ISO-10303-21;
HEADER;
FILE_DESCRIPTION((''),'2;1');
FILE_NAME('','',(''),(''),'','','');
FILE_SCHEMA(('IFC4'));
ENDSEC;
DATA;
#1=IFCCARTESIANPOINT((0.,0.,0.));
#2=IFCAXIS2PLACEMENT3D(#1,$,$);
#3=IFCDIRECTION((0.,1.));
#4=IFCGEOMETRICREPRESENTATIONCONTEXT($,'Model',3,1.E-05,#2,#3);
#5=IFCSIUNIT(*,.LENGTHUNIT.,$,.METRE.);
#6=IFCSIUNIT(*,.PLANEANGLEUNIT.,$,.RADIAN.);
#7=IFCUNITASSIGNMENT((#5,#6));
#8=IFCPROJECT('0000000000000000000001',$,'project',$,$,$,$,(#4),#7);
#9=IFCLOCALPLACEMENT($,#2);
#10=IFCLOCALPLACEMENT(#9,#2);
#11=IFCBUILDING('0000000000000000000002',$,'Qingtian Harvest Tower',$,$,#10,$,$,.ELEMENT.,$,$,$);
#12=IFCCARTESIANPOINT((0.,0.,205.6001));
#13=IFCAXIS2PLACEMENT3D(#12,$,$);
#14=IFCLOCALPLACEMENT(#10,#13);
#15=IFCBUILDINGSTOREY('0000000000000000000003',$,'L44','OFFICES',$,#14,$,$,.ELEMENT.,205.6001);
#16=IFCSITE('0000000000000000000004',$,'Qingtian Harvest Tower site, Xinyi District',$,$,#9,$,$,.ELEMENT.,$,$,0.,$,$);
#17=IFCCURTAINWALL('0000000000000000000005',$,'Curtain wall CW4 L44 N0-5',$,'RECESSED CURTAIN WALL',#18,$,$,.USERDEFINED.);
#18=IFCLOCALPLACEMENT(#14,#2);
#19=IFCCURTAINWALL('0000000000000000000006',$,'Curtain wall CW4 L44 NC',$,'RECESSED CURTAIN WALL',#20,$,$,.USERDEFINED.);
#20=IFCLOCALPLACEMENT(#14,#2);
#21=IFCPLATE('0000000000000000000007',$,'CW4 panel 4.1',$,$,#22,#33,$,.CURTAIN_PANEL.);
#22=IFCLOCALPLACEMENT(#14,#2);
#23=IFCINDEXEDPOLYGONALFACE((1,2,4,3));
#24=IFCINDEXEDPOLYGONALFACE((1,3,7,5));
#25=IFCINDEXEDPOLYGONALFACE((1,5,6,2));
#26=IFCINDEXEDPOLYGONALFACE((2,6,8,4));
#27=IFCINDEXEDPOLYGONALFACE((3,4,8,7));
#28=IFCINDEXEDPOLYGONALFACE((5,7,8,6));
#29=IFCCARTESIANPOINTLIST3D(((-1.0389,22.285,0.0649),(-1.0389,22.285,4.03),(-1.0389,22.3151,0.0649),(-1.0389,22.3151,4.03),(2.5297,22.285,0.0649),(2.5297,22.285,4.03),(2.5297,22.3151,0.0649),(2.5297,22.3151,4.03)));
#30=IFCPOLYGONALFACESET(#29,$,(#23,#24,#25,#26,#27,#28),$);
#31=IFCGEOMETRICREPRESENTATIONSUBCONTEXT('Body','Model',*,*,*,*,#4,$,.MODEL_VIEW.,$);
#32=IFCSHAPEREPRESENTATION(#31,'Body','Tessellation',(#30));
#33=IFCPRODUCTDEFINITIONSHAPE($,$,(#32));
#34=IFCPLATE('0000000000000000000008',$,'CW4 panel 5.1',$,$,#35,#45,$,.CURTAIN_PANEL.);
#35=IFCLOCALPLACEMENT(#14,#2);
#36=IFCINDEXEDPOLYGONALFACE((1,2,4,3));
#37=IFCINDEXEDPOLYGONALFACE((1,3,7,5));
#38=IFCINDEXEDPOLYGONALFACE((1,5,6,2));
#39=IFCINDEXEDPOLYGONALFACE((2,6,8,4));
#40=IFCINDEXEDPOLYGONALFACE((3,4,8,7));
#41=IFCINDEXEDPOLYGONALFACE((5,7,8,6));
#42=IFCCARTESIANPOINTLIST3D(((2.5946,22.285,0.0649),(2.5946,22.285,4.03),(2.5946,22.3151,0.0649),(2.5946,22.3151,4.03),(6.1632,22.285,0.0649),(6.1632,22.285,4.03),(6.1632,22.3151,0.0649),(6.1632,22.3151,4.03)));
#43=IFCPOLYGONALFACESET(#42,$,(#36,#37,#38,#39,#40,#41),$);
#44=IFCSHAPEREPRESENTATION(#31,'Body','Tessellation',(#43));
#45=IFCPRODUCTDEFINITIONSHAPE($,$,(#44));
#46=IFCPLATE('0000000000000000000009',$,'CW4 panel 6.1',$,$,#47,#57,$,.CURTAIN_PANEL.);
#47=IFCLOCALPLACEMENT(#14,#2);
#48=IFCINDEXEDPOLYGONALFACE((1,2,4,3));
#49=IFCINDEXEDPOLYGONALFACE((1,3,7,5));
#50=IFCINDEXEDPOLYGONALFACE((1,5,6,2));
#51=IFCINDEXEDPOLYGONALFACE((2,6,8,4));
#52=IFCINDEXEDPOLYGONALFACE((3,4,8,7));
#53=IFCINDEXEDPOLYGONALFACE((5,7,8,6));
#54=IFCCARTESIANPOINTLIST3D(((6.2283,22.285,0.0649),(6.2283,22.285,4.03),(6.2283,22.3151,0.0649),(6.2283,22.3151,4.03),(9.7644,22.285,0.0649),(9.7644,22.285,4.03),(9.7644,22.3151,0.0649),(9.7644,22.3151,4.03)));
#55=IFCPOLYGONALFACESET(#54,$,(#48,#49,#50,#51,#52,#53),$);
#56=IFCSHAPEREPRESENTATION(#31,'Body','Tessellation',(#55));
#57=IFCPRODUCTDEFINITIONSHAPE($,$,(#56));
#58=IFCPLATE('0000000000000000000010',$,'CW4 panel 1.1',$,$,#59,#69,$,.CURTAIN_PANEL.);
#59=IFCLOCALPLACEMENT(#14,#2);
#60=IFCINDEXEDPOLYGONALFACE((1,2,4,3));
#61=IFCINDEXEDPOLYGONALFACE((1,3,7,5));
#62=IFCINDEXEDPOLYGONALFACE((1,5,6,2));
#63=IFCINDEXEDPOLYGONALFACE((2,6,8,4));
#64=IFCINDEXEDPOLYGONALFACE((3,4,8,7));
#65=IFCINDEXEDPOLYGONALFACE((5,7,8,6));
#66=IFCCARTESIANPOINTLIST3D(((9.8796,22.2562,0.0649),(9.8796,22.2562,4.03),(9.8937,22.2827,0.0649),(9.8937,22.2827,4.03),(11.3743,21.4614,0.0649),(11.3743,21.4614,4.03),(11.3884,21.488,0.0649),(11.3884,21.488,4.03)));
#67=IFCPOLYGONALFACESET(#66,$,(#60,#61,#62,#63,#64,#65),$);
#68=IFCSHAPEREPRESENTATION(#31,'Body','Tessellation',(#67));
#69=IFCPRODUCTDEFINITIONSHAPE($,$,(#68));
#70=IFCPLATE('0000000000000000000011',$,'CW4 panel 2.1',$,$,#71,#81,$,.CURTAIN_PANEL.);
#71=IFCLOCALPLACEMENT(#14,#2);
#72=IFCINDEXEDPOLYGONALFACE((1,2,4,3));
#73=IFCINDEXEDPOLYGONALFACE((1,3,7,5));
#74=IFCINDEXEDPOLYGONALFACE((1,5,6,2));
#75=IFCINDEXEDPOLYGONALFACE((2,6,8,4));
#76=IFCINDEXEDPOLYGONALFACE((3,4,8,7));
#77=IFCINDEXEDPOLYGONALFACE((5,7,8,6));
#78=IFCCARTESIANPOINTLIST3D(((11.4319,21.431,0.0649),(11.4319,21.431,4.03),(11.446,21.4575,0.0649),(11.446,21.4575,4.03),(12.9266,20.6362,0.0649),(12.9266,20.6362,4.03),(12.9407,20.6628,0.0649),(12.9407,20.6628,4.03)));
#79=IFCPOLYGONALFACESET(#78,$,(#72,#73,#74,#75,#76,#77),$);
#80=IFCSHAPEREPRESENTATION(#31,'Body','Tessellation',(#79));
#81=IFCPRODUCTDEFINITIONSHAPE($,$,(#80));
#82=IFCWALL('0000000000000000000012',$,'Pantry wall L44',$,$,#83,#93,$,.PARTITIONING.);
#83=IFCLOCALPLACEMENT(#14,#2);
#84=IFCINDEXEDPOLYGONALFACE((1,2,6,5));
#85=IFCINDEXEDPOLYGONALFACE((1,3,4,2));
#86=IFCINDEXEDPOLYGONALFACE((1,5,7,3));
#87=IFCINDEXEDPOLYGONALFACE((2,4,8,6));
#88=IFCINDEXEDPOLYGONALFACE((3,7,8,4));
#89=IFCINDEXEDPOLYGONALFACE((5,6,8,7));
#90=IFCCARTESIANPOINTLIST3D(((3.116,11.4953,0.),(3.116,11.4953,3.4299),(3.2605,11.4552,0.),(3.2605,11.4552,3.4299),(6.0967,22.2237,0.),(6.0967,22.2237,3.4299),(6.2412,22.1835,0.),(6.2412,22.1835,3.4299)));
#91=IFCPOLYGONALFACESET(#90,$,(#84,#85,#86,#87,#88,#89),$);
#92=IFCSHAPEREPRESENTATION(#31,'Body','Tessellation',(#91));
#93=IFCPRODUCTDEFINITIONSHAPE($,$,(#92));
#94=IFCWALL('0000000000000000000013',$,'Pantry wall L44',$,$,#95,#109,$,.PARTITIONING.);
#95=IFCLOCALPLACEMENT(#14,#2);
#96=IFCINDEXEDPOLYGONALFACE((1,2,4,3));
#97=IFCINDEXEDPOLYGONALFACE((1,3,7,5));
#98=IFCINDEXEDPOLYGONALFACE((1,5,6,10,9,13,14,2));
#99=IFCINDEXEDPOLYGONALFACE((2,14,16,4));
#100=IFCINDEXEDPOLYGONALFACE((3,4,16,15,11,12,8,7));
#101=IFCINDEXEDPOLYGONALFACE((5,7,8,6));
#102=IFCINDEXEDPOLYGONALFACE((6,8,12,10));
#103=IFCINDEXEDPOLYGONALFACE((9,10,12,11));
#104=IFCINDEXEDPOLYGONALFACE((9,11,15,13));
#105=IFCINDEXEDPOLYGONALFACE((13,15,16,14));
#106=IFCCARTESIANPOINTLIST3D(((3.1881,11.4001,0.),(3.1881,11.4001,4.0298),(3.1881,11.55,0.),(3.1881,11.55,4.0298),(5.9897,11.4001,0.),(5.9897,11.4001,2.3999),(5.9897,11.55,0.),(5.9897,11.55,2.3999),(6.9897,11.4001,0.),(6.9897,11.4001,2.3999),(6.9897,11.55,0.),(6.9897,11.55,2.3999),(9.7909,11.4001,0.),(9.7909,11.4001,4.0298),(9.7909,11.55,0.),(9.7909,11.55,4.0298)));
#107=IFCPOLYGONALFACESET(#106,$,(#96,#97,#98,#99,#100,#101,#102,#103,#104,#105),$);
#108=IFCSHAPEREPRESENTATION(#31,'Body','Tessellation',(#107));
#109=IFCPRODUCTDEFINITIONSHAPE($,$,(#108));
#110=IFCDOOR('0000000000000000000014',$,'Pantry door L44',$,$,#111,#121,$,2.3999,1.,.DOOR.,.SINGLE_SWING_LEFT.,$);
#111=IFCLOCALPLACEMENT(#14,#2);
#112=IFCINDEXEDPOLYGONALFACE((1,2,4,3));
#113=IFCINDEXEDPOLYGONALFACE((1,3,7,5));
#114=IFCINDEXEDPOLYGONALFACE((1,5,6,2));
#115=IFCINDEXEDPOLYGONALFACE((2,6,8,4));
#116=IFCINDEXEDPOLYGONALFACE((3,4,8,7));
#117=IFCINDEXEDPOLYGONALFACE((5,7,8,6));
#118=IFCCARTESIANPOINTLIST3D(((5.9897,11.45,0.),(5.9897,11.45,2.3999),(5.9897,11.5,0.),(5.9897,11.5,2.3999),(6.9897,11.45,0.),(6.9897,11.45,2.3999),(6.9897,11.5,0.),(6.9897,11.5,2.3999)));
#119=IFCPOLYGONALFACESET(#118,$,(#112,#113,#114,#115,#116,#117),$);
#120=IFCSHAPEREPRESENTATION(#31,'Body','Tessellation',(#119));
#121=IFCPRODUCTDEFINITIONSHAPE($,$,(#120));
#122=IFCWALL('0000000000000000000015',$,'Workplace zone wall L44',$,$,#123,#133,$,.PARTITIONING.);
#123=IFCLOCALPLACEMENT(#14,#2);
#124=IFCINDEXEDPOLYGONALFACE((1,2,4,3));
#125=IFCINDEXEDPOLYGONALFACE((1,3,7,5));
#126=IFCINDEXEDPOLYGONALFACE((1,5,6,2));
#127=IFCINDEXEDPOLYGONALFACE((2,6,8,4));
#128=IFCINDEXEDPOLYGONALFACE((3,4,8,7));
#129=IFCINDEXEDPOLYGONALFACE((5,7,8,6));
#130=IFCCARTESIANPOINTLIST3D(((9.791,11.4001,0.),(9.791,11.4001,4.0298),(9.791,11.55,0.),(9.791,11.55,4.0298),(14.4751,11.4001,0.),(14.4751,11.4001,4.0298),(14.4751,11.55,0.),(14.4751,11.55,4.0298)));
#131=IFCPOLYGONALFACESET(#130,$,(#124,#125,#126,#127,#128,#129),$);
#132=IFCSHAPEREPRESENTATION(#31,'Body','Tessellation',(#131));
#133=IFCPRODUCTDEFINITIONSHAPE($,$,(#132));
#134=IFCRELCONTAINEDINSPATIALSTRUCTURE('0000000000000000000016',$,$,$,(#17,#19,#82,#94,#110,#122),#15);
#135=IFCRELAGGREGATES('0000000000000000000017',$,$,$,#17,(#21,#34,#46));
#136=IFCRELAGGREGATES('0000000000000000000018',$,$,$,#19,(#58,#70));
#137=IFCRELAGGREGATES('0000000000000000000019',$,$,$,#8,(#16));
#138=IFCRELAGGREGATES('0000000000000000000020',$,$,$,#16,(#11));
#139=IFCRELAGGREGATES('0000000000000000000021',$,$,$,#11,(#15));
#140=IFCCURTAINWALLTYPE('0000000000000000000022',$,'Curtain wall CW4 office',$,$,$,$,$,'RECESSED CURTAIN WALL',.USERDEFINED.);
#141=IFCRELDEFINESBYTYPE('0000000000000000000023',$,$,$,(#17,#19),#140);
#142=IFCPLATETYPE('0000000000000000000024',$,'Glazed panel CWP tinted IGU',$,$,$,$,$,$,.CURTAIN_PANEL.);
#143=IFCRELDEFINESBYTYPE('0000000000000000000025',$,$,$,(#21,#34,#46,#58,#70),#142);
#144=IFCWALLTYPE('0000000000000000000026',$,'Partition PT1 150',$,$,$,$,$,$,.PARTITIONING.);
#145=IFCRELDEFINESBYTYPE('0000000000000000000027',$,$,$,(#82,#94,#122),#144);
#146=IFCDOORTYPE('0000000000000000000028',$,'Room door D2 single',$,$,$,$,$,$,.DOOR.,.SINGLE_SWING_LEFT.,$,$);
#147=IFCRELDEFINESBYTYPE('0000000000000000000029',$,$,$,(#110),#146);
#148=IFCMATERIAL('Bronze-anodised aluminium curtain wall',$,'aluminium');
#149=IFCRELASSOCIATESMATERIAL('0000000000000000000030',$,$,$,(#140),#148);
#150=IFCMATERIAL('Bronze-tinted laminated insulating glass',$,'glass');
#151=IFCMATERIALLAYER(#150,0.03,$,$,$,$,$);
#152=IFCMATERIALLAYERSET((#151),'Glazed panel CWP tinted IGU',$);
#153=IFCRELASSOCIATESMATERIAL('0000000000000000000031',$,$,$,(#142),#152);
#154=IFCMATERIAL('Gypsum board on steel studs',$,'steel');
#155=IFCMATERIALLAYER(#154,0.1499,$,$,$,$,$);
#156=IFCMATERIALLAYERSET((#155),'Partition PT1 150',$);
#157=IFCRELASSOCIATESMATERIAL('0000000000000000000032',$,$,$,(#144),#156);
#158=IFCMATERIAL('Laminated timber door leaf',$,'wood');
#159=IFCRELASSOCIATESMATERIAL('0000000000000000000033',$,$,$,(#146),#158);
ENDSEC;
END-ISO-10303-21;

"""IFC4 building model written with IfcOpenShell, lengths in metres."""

from ifc_helpers import new_model, si_unit, direction, frame, frame_2d, origin, origin_2d, place, context, subcontext, project, spatial, rectangle, extrude, material, layer, layer_set, type_object, element, fill, aggregate, save


model = new_model("IFC4")

# Units and contexts
model_context = context("Model", 3, precision=1e-05, world=origin(), true_north=direction((0.0, 1.0)))
body_context = subcontext(model_context, "Body", "Model", "MODEL_VIEW")
ifc_project = project(units=[si_unit("LENGTHUNIT", "METRE"), si_unit("PLANEANGLEUNIT", "RADIAN")], contexts=[model_context])

# Site, building, storey
site_placement = place(None, origin())
site = spatial("IfcSite", under=ifc_project, at=site_placement, Name="Qingtian Harvest Tower site, Xinyi District", CompositionType="ELEMENT", RefElevation=0.0)
building_placement = place(site_placement, origin())
building = spatial("IfcBuilding", under=site, at=building_placement, Name="Qingtian Harvest Tower", CompositionType="ELEMENT")
storey_placement = place(building_placement, frame((0.0, 0.0, 205.6001)))
storey = spatial("IfcBuildingStorey", under=building, at=storey_placement, Name="L44", Description="OFFICES", CompositionType="ELEMENT", Elevation=205.6001)

# Curtain walls
ifc_material_1 = material(Name="Bronze-anodised aluminium curtain wall", Category="aluminium")
curtain_wall_type = type_object("IfcCurtainWallType", Name="Curtain wall CW4 office", ElementType="RECESSED CURTAIN WALL", PredefinedType="USERDEFINED", material=ifc_material_1)
curtain_wall_1_placement = place(storey_placement, origin())
curtain_wall_1 = element("IfcCurtainWall", 1, at=curtain_wall_1_placement, inside=storey, type_object=curtain_wall_type, Name="Curtain wall CW4 L44 N0-5", ObjectType="RECESSED CURTAIN WALL", PredefinedType="USERDEFINED")
curtain_wall_2_placement = place(storey_placement, origin())
curtain_wall_2 = element("IfcCurtainWall", 2, at=curtain_wall_2_placement, inside=storey, type_object=curtain_wall_type, Name="Curtain wall CW4 L44 NC", ObjectType="RECESSED CURTAIN WALL", PredefinedType="USERDEFINED")

# Plates
ifc_material_2 = material(Name="Bronze-tinted laminated insulating glass", Category="glass")
ifc_layer_1 = layer(ifc_material_2, 0.03)
ifc_layer_set_1 = layer_set([ifc_layer_1], Name="Glazed panel CWP tinted IGU")
plate_type = type_object("IfcPlateType", Name="Glazed panel CWP tinted IGU", PredefinedType="CURTAIN_PANEL", material=ifc_layer_set_1)
plate_1_placement = place(storey_placement, frame((0.7454, 22.3, 0.0649), z_axis=(0.0, 0.0, 1.0), x_axis=(1.0, 0.0, 0.0)))
plate_1 = element("IfcPlate", 3, at=plate_1_placement, type_object=plate_type, Name="CW4 panel 4.1", PredefinedType="CURTAIN_PANEL", context=body_context, shape_type="SweptSolid", body=[
    extrude(rectangle(XDim=3.5686, YDim=0.03, at=origin_2d()), origin(), (0.0, 0.0, 1.0), 3.9651),
])
plate_2_placement = place(storey_placement, frame((4.3789, 22.3, 0.0649), z_axis=(0.0, 0.0, 1.0), x_axis=(1.0, 0.0, 0.0)))
plate_2 = element("IfcPlate", 4, at=plate_2_placement, type_object=plate_type, Name="CW4 panel 5.1", PredefinedType="CURTAIN_PANEL", context=body_context, shape_type="SweptSolid", body=[
    extrude(rectangle(XDim=3.5686, YDim=0.03, at=origin_2d()), origin(), (0.0, 0.0, 1.0), 3.9651),
])
plate_3_placement = place(storey_placement, frame((7.9963, 22.3, 0.0649), z_axis=(0.0, 0.0, 1.0), x_axis=(1.0, 0.0, 0.0)))
plate_3 = element("IfcPlate", 5, at=plate_3_placement, type_object=plate_type, Name="CW4 panel 6.1", PredefinedType="CURTAIN_PANEL", context=body_context, shape_type="SweptSolid", body=[
    extrude(rectangle(XDim=3.5361, YDim=0.03, at=origin_2d()), origin(), (0.0, 0.0, 1.0), 3.9651),
])
aggregate(curtain_wall_1, [plate_1, plate_2, plate_3])
plate_4_placement = place(storey_placement, frame((10.634, 21.8721, 0.0649), z_axis=(0.0, 0.0, 1.0), x_axis=(0.882948, -0.469472, 0.0)))
plate_4 = element("IfcPlate", 6, at=plate_4_placement, type_object=plate_type, Name="CW4 panel 1.1", PredefinedType="CURTAIN_PANEL", context=body_context, shape_type="SweptSolid", body=[
    extrude(rectangle(XDim=1.6929, YDim=0.03, at=origin_2d()), origin(), (0.0, 0.0, 1.0), 3.9651),
])
plate_5_placement = place(storey_placement, frame((12.1863, 21.0469, 0.0649), z_axis=(0.0, 0.0, 1.0), x_axis=(0.882948, -0.469472, 0.0)))
plate_5 = element("IfcPlate", 7, at=plate_5_placement, type_object=plate_type, Name="CW4 panel 2.1", PredefinedType="CURTAIN_PANEL", context=body_context, shape_type="SweptSolid", body=[
    extrude(rectangle(XDim=1.6929, YDim=0.03, at=origin_2d()), origin(), (0.0, 0.0, 1.0), 3.9651),
])
aggregate(curtain_wall_2, [plate_4, plate_5])

# Wall
ifc_material_3 = material(Name="Gypsum board on steel studs", Category="steel")
ifc_layer_2 = layer(ifc_material_3, 0.1499)
ifc_layer_set_2 = layer_set([ifc_layer_2], Name="Partition PT1 150")
wall_type = type_object("IfcWallType", Name="Partition PT1 150", PredefinedType="PARTITIONING", material=ifc_layer_set_2)
wall_1_placement = place(storey_placement, frame((6.1689, 22.2036, 0.0), z_axis=(0.0, 0.0, 1.0), x_axis=(-0.267691, -0.963505, 0.0)))
element("IfcWall", 8, at=wall_1_placement, inside=storey, type_object=wall_type, Name="Pantry wall L44", PredefinedType="PARTITIONING", context=body_context, shape_type="SweptSolid", body=[
    extrude(rectangle(XDim=11.1348, YDim=0.1499, at=frame_2d((5.5674, 0.0))), origin(), (0.0, 0.0, 1.0), 3.4299),
])

# Wall, opening, door
wall_2_placement = place(storey_placement, frame((3.1882, 11.4751, 0.0), z_axis=(0.0, 0.0, 1.0), x_axis=(1.0, 0.0, 0.0)))
wall_2 = element("IfcWall", 9, at=wall_2_placement, inside=storey, type_object=wall_type, Name="Pantry wall L44", PredefinedType="PARTITIONING", context=body_context, shape_type="SweptSolid", body=[
    extrude(rectangle(XDim=6.6028, YDim=0.1499, at=frame_2d((3.3013, 0.0))), origin(), (0.0, 0.0, 1.0), 4.0298),
])
opening_placement = place(wall_2_placement, frame((2.8015, 0.0, 0.0)))
opening = element("IfcOpeningElement", 10, at=opening_placement, cuts=wall_2, PredefinedType="OPENING", context=body_context, shape_type="SweptSolid", body=[
    extrude(rectangle(XDim=1.0, YDim=2.3999, at=frame_2d((0.5, 1.2))), frame((0.0, 0.085, 0.0), z_axis=(0.0, -1.0, 0.0), x_axis=(1.0, 0.0, 0.0)), (0.0, 0.0, 1.0), 0.1699),
])
ifc_material_4 = material(Name="Laminated timber door leaf", Category="wood")
door_type = type_object("IfcDoorType", Name="Room door D2 single", OperationType="SINGLE_SWING_LEFT", PredefinedType="DOOR", material=ifc_material_4)
door_placement = place(opening_placement, origin())
door = element("IfcDoor", 11, at=door_placement, inside=storey, type_object=door_type, Name="Pantry door L44", OperationType="SINGLE_SWING_LEFT", OverallHeight=2.3999, OverallWidth=1.0, PredefinedType="DOOR", context=body_context, shape_type="SweptSolid", body=[
    extrude(rectangle(XDim=1.0, YDim=2.3999, at=frame_2d((0.5, 1.2))), frame((0.0, 0.0249, 0.0), z_axis=(0.0, -1.0, 0.0), x_axis=(1.0, 0.0, 0.0)), (0.0, 0.0, 1.0), 0.05),
])
fill(opening, door)

# Wall
wall_3_placement = place(storey_placement, frame((9.791, 11.4751, 0.0), z_axis=(0.0, 0.0, 1.0), x_axis=(1.0, 0.0, 0.0)))
element("IfcWall", 12, at=wall_3_placement, inside=storey, type_object=wall_type, Name="Workplace zone wall L44", PredefinedType="PARTITIONING", context=body_context, shape_type="SweptSolid", body=[
    extrude(rectangle(XDim=4.6841, YDim=0.1499, at=frame_2d((2.342, 0.0))), origin(), (0.0, 0.0, 1.0), 4.0298),
])

save(model, "model.ifc")
